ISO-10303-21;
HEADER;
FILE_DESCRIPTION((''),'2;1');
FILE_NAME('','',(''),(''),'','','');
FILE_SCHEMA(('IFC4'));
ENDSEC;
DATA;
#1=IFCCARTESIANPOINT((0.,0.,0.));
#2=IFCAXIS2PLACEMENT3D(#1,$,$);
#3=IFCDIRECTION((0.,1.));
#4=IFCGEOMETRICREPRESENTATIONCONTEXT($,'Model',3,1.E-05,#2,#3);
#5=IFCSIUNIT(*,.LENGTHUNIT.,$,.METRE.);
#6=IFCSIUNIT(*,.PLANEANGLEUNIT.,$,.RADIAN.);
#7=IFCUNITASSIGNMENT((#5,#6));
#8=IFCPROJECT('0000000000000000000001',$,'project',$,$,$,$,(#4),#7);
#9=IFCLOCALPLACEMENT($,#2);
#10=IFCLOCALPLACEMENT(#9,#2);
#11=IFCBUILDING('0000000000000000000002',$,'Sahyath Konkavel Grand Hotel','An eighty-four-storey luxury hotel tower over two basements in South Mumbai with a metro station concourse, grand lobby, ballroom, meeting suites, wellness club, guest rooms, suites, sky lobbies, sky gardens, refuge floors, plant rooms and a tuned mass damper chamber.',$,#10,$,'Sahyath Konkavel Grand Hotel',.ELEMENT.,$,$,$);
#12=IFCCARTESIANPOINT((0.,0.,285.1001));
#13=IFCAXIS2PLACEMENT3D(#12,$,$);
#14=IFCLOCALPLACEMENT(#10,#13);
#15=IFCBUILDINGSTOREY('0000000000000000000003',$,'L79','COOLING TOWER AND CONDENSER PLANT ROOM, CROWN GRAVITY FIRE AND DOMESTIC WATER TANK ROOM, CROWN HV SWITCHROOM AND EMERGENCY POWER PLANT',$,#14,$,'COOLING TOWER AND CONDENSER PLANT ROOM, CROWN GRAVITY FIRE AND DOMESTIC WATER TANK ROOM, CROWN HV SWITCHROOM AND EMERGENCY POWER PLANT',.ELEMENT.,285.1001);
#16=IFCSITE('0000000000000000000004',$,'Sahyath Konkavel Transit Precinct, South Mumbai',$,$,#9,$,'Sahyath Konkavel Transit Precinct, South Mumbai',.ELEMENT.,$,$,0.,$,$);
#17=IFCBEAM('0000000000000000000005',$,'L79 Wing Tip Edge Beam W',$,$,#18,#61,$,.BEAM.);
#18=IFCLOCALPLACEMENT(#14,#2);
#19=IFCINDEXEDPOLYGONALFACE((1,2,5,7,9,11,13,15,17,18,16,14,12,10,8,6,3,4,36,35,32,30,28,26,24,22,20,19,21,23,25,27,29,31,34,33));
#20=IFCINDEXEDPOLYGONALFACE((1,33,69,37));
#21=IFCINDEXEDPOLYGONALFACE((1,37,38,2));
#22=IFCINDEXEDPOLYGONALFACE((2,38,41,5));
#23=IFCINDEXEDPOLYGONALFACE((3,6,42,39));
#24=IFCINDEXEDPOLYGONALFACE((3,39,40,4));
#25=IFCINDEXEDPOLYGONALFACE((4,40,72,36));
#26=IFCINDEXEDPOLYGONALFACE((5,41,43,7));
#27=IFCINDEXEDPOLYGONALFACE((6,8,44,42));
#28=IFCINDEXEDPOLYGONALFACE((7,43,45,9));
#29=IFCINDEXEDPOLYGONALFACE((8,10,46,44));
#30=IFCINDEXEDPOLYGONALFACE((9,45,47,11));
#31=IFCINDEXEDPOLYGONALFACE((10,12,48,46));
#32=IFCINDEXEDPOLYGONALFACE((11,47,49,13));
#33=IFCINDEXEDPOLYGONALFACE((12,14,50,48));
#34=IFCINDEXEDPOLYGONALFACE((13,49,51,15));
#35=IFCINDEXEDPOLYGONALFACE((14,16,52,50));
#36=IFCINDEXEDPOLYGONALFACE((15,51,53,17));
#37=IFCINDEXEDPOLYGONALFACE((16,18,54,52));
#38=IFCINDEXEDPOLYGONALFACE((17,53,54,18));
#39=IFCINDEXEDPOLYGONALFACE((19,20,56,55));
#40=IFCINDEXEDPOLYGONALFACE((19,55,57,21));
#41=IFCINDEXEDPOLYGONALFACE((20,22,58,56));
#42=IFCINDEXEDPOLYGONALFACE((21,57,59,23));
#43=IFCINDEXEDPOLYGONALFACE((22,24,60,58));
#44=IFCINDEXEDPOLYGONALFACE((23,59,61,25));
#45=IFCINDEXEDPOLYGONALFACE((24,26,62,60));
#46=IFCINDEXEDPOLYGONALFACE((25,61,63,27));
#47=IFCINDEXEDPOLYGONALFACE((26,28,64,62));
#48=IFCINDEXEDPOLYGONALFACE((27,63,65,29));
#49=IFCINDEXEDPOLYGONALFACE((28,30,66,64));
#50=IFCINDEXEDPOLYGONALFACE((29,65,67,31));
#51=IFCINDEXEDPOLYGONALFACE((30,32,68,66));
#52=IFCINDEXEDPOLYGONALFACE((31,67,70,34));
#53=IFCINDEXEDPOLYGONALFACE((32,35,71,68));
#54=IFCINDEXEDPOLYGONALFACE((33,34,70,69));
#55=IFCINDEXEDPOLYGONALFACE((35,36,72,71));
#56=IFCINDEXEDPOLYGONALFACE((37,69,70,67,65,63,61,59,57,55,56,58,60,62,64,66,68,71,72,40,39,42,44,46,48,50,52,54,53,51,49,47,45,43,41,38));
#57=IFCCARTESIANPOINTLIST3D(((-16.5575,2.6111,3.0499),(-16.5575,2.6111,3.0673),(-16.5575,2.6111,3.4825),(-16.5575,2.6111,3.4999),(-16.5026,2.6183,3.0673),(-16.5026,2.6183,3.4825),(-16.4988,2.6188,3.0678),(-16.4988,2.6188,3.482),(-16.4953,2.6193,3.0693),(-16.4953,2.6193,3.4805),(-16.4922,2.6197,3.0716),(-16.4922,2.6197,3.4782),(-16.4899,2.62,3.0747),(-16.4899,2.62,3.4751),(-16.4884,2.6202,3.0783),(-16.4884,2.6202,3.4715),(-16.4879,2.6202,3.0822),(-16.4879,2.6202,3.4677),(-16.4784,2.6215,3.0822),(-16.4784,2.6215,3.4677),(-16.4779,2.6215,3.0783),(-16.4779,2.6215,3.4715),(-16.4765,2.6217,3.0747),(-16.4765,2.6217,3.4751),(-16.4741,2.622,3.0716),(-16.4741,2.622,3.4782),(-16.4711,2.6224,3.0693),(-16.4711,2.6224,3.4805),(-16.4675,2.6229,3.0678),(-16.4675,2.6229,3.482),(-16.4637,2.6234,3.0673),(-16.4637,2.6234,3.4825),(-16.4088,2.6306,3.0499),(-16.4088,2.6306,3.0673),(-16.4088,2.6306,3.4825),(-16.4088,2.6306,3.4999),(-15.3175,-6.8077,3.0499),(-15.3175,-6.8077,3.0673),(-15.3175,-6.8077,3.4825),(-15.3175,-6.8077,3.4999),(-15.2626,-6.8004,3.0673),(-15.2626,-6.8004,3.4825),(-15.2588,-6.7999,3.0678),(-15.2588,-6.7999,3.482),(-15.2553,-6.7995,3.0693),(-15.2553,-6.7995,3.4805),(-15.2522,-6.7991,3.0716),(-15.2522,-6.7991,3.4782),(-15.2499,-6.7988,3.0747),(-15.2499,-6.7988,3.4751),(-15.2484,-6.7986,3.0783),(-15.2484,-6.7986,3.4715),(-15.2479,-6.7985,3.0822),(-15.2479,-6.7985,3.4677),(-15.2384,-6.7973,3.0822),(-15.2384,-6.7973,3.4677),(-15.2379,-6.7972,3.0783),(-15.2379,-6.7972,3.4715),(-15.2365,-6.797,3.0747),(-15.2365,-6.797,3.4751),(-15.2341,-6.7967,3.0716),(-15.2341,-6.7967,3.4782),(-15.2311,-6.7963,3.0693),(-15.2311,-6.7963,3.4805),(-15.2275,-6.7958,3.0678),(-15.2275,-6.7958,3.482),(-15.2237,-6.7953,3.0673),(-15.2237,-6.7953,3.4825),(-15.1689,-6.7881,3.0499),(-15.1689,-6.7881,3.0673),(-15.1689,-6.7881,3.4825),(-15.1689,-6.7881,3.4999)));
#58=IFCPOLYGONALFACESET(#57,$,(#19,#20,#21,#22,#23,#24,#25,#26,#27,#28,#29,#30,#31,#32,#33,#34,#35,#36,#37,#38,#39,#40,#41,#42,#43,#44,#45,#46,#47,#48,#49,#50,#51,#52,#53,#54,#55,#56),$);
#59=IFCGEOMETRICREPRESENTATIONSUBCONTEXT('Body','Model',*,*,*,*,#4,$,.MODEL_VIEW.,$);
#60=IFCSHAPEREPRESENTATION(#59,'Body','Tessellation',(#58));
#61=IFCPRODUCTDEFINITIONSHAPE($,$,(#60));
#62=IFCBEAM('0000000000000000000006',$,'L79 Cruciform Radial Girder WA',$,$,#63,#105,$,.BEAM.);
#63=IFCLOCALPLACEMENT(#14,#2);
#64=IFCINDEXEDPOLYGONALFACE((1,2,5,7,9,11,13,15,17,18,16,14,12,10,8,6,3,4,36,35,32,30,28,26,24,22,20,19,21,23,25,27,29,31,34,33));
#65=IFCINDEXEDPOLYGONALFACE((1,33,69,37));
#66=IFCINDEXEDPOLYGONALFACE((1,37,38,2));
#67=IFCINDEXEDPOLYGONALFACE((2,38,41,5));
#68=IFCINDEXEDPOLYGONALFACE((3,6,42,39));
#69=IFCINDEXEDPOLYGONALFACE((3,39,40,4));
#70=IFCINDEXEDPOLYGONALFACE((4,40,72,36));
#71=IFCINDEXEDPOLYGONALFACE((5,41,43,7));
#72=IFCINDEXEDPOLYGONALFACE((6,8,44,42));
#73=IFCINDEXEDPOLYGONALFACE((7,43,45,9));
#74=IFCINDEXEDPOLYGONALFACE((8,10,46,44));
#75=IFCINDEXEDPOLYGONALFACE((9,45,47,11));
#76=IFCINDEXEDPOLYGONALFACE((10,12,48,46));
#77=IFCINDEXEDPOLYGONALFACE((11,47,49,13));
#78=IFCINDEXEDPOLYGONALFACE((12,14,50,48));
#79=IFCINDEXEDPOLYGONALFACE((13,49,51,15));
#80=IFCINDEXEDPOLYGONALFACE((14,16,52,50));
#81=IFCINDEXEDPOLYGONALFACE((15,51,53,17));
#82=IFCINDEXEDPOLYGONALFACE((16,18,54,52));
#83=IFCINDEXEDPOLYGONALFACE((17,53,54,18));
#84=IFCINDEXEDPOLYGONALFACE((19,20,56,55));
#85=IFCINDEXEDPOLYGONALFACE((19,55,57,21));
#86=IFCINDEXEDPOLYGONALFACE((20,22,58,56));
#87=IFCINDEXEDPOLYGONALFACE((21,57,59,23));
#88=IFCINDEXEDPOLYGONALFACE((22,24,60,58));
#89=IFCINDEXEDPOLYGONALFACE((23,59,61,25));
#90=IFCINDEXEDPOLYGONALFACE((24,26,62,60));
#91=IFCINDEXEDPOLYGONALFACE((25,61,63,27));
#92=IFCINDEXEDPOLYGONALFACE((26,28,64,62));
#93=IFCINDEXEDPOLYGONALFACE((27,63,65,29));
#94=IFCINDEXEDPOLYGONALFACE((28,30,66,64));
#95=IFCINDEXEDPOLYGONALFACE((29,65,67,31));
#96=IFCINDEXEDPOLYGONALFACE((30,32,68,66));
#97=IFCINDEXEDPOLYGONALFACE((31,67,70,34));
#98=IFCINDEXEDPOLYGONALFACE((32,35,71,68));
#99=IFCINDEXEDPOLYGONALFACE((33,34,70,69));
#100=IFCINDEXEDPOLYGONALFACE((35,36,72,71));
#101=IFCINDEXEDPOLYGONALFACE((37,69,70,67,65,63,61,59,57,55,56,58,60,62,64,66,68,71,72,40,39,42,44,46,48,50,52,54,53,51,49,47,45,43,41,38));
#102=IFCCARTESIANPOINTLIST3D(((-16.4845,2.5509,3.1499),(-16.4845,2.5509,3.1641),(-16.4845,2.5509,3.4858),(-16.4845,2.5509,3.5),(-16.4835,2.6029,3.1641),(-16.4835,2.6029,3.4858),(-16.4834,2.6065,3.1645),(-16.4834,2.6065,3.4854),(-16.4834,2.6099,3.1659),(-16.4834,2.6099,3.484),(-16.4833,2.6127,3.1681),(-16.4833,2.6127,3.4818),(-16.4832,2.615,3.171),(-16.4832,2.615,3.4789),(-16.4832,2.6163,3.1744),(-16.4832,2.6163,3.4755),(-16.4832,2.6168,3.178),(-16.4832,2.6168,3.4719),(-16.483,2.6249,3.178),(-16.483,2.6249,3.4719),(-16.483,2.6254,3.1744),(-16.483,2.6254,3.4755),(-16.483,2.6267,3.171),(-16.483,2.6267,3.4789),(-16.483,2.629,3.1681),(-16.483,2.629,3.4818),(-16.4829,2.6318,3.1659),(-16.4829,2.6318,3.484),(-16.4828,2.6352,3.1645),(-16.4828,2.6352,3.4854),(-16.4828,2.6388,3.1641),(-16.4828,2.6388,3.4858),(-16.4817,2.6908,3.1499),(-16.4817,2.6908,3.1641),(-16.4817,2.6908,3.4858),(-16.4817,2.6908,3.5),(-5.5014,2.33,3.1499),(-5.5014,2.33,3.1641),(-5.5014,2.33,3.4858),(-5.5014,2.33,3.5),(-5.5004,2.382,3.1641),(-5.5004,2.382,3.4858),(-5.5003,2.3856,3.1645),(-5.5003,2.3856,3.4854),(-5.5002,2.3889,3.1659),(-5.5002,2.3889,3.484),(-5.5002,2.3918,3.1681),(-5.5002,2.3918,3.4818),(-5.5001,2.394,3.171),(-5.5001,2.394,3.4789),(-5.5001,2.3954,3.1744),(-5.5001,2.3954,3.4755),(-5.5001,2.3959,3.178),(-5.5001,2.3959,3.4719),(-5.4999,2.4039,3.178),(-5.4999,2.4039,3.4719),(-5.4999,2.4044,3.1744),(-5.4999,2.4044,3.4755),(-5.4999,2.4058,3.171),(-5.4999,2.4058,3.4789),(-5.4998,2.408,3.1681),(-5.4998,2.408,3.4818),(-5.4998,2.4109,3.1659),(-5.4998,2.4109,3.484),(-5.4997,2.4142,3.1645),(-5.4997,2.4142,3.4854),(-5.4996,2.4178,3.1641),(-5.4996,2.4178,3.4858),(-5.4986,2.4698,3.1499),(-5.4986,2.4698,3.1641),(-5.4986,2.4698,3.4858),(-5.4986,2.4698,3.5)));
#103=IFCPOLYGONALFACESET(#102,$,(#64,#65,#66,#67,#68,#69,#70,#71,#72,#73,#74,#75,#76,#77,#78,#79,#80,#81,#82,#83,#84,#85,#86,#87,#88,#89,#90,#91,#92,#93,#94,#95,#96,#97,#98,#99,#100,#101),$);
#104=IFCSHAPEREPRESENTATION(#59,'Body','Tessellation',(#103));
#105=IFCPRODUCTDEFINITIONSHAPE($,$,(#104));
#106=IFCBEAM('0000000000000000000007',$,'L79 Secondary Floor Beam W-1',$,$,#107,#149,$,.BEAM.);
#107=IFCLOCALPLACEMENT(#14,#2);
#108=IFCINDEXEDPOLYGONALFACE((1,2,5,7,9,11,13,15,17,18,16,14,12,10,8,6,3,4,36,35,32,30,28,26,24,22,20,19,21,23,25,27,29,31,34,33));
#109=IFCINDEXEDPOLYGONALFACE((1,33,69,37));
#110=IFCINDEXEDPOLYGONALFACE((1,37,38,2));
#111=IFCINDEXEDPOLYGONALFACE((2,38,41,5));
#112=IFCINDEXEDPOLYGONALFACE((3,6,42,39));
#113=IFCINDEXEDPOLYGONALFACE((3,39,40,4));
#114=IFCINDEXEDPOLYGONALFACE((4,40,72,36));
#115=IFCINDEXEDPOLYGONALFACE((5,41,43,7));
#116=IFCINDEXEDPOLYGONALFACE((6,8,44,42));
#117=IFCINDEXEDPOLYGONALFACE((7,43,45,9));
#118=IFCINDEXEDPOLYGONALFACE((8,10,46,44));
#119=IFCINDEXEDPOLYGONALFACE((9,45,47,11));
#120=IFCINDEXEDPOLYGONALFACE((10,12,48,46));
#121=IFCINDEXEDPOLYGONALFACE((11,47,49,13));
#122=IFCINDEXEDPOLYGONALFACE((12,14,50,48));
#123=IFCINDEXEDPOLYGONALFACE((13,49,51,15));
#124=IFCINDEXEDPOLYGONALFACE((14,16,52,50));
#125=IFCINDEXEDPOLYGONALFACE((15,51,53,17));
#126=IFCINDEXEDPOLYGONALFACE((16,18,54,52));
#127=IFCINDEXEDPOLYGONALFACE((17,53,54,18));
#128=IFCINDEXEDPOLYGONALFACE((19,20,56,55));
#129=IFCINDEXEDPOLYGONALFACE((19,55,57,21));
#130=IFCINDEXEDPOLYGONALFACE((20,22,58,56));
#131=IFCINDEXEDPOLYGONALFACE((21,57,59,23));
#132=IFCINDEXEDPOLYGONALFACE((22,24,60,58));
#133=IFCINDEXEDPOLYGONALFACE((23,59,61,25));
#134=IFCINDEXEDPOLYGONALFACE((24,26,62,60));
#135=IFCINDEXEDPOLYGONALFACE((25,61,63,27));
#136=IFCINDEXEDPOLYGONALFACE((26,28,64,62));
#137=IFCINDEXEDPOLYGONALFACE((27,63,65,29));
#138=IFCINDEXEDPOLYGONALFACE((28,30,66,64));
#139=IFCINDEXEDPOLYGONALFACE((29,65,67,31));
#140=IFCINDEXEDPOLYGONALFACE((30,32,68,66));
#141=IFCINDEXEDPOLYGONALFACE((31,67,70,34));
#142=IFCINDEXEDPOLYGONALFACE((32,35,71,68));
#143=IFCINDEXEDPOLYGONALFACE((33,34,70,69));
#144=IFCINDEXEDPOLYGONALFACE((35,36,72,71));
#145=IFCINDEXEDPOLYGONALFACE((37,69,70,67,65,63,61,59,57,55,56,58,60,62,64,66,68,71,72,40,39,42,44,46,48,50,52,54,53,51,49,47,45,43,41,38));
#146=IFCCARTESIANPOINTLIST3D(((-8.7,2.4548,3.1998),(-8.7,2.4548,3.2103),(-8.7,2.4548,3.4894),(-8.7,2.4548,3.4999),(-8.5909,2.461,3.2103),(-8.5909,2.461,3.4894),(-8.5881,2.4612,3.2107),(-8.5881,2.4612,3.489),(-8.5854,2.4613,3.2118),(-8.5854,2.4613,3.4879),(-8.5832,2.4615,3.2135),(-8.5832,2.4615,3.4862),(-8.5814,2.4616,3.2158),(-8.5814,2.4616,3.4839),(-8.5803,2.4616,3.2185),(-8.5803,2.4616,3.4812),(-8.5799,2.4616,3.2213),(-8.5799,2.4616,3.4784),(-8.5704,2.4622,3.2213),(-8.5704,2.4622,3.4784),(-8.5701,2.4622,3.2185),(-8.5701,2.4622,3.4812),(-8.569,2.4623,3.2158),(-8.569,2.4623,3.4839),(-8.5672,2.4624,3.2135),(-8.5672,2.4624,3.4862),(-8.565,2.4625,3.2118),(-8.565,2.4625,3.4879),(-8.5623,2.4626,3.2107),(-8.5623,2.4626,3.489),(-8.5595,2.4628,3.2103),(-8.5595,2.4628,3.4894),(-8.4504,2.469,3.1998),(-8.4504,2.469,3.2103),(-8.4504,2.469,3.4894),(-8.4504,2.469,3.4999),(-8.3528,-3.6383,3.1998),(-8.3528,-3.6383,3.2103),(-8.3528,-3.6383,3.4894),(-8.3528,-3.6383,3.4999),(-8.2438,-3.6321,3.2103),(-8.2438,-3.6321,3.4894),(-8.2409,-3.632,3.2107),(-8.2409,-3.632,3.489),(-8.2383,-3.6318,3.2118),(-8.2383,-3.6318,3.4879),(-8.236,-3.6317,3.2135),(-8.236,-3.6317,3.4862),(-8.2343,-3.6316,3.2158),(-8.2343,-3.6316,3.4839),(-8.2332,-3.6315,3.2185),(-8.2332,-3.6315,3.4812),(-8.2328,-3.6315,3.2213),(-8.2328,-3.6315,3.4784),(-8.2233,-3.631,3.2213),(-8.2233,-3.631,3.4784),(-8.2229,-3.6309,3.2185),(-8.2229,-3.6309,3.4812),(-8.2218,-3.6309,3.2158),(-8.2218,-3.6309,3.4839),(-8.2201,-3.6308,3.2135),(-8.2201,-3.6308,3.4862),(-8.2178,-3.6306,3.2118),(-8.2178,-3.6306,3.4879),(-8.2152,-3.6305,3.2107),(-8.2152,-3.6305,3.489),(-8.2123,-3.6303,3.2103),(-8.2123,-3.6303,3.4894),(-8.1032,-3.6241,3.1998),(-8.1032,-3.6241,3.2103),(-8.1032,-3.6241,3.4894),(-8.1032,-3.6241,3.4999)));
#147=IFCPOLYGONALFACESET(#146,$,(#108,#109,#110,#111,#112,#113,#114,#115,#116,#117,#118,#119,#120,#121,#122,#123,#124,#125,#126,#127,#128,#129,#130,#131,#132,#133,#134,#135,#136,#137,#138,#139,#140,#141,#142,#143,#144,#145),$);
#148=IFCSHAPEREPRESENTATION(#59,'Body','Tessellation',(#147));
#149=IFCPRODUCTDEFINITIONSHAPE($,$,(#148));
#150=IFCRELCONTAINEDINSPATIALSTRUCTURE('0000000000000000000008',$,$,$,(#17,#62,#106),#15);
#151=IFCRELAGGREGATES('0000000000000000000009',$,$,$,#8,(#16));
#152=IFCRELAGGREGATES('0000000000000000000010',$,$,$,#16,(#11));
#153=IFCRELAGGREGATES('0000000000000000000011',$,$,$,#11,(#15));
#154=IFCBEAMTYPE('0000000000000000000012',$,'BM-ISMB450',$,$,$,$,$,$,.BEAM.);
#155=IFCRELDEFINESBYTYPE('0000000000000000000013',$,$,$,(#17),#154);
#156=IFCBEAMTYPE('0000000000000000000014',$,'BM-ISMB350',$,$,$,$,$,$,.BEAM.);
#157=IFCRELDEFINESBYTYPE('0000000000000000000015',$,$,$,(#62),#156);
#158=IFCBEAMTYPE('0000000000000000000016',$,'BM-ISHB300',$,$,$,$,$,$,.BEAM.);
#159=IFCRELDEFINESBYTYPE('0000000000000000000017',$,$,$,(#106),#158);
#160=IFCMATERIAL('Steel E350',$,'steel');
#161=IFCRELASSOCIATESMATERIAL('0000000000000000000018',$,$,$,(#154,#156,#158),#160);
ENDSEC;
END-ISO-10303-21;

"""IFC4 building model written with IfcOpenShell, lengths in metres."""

from ifc_helpers import new_model, si_unit, direction, frame, origin, origin_2d, place, context, subcontext, project, spatial, i_section, extrude, source, transform, mapped, material, material_profile, profile_set, type_object, element, save


model = new_model("IFC4")

# Units and contexts
model_context = context("Model", 3, precision=1e-05, world=origin(), true_north=direction((0.0, 1.0)))
body_context = subcontext(model_context, "Body", "Model", "MODEL_VIEW")
ifc_project = project(units=[si_unit("LENGTHUNIT", "METRE"), si_unit("PLANEANGLEUNIT", "RADIAN")], contexts=[model_context])

# Site, building, storey
site_placement = place(None, origin())
site = spatial("IfcSite", under=ifc_project, at=site_placement, Name="Sahyath Konkavel Transit Precinct, South Mumbai", LongName="Sahyath Konkavel Transit Precinct, South Mumbai", CompositionType="ELEMENT", RefElevation=0.0)
building_placement = place(site_placement, origin())
building = spatial("IfcBuilding", under=site, at=building_placement, Name="Sahyath Konkavel Grand Hotel", Description="An eighty-four-storey luxury hotel tower over two basements in South Mumbai with a metro station concourse, grand lobby, ballroom, meeting suites, wellness club, guest rooms, suites, sky lobbies, sky gardens, refuge floors, plant rooms and a tuned mass damper chamber.", LongName="Sahyath Konkavel Grand Hotel", CompositionType="ELEMENT")
storey_placement = place(building_placement, frame((0.0, 0.0, 285.1001)))
storey = spatial("IfcBuildingStorey", under=building, at=storey_placement, Name="L79", Description="COOLING TOWER AND CONDENSER PLANT ROOM, CROWN GRAVITY FIRE AND DOMESTIC WATER TANK ROOM, CROWN HV SWITCHROOM AND EMERGENCY POWER PLANT", LongName="COOLING TOWER AND CONDENSER PLANT ROOM, CROWN GRAVITY FIRE AND DOMESTIC WATER TANK ROOM, CROWN HV SWITCHROOM AND EMERGENCY POWER PLANT", CompositionType="ELEMENT", Elevation=285.1001)

# Beams
ifc_material_1 = material(Name="Steel E350", Category="steel")
ifc_material_profile_1 = material_profile(ifc_material_1, i_section(OverallWidth=0.1499, OverallDepth=0.45, WebThickness=0.0095, FlangeThickness=0.0173, FilletRadius=0.0149, at=origin_2d()), Name="ISMB 450")
ifc_profile_set_1 = profile_set([ifc_material_profile_1], Name="Steel E350")
beam_type_1 = type_object("IfcBeamType", Name="BM-ISMB450", PredefinedType="BEAM", material=ifc_profile_set_1)
shared_shape_1 = source(origin(), body_context, "Body", "SweptSolid", [
    extrude(i_section(OverallWidth=0.1499, OverallDepth=0.45, WebThickness=0.0095, FlangeThickness=0.0173, FilletRadius=0.0149, at=origin_2d()), origin(), (0.0, 0.0, 1.0), 9.5),
])
beam_1_placement = place(storey_placement, frame((-16.4832, 2.6208, 3.2749), z_axis=(0.130526, -0.991445, 0.0), x_axis=(0.991445, 0.130526, 0.0)))
element("IfcBeam", 1, at=beam_1_placement, inside=storey, type_object=beam_type_1, Name="L79 Wing Tip Edge Beam W", PredefinedType="BEAM", context=body_context, shape_type="MappedRepresentation", body=[
    mapped(shared_shape_1, transform((0.0, 0.0, 0.0), scale=1.0)),
])
ifc_material_profile_2 = material_profile(ifc_material_1, i_section(OverallWidth=0.1399, OverallDepth=0.3501, WebThickness=0.0081, FlangeThickness=0.0142, FilletRadius=0.0139, at=origin_2d()), Name="ISMB 350")
ifc_profile_set_2 = profile_set([ifc_material_profile_2], Name="Steel E350")
beam_type_2 = type_object("IfcBeamType", Name="BM-ISMB350", PredefinedType="BEAM", material=ifc_profile_set_2)
shared_shape_2 = source(origin(), body_context, "Body", "SweptSolid", [
    extrude(i_section(OverallWidth=0.1399, OverallDepth=0.3501, WebThickness=0.0081, FlangeThickness=0.0142, FilletRadius=0.0139, at=origin_2d()), origin(), (0.0, 0.0, 1.0), 10.9854),
])
beam_2_placement = place(storey_placement, frame((-5.5, 2.3999, 3.325), z_axis=(-0.999798, 0.020113, 0.0), x_axis=(-0.020113, -0.999798, 0.0)))
element("IfcBeam", 2, at=beam_2_placement, inside=storey, type_object=beam_type_2, Name="L79 Cruciform Radial Girder WA", PredefinedType="BEAM", context=body_context, shape_type="MappedRepresentation", body=[
    mapped(shared_shape_2, transform((0.0, 0.0, 0.0), scale=1.0)),
])
ifc_material_profile_3 = material_profile(ifc_material_1, i_section(OverallWidth=0.25, OverallDepth=0.3, WebThickness=0.0095, FlangeThickness=0.0105, FilletRadius=0.011, at=origin_2d()), Name="ISHB 300")
ifc_profile_set_3 = profile_set([ifc_material_profile_3], Name="Steel E350")
beam_type_3 = type_object("IfcBeamType", Name="BM-ISHB300", PredefinedType="BEAM", material=ifc_profile_set_3)
shared_shape_3 = source(origin(), body_context, "Body", "SweptSolid", [
    extrude(i_section(OverallWidth=0.25, OverallDepth=0.3, WebThickness=0.0095, FlangeThickness=0.0105, FilletRadius=0.011, at=origin_2d()), origin(), (0.0, 0.0, 1.0), 6.103),
])
beam_3_placement = place(storey_placement, frame((-8.5752, 2.4619, 3.3499), z_axis=(0.056883, -0.998381, 0.0), x_axis=(0.998381, 0.056883, 0.0)))
element("IfcBeam", 3, at=beam_3_placement, inside=storey, type_object=beam_type_3, Name="L79 Secondary Floor Beam W-1", PredefinedType="BEAM", context=body_context, shape_type="MappedRepresentation", body=[
    mapped(shared_shape_3, transform((0.0, 0.0, 0.0), scale=1.0)),
])

save(model, "model.ifc")
